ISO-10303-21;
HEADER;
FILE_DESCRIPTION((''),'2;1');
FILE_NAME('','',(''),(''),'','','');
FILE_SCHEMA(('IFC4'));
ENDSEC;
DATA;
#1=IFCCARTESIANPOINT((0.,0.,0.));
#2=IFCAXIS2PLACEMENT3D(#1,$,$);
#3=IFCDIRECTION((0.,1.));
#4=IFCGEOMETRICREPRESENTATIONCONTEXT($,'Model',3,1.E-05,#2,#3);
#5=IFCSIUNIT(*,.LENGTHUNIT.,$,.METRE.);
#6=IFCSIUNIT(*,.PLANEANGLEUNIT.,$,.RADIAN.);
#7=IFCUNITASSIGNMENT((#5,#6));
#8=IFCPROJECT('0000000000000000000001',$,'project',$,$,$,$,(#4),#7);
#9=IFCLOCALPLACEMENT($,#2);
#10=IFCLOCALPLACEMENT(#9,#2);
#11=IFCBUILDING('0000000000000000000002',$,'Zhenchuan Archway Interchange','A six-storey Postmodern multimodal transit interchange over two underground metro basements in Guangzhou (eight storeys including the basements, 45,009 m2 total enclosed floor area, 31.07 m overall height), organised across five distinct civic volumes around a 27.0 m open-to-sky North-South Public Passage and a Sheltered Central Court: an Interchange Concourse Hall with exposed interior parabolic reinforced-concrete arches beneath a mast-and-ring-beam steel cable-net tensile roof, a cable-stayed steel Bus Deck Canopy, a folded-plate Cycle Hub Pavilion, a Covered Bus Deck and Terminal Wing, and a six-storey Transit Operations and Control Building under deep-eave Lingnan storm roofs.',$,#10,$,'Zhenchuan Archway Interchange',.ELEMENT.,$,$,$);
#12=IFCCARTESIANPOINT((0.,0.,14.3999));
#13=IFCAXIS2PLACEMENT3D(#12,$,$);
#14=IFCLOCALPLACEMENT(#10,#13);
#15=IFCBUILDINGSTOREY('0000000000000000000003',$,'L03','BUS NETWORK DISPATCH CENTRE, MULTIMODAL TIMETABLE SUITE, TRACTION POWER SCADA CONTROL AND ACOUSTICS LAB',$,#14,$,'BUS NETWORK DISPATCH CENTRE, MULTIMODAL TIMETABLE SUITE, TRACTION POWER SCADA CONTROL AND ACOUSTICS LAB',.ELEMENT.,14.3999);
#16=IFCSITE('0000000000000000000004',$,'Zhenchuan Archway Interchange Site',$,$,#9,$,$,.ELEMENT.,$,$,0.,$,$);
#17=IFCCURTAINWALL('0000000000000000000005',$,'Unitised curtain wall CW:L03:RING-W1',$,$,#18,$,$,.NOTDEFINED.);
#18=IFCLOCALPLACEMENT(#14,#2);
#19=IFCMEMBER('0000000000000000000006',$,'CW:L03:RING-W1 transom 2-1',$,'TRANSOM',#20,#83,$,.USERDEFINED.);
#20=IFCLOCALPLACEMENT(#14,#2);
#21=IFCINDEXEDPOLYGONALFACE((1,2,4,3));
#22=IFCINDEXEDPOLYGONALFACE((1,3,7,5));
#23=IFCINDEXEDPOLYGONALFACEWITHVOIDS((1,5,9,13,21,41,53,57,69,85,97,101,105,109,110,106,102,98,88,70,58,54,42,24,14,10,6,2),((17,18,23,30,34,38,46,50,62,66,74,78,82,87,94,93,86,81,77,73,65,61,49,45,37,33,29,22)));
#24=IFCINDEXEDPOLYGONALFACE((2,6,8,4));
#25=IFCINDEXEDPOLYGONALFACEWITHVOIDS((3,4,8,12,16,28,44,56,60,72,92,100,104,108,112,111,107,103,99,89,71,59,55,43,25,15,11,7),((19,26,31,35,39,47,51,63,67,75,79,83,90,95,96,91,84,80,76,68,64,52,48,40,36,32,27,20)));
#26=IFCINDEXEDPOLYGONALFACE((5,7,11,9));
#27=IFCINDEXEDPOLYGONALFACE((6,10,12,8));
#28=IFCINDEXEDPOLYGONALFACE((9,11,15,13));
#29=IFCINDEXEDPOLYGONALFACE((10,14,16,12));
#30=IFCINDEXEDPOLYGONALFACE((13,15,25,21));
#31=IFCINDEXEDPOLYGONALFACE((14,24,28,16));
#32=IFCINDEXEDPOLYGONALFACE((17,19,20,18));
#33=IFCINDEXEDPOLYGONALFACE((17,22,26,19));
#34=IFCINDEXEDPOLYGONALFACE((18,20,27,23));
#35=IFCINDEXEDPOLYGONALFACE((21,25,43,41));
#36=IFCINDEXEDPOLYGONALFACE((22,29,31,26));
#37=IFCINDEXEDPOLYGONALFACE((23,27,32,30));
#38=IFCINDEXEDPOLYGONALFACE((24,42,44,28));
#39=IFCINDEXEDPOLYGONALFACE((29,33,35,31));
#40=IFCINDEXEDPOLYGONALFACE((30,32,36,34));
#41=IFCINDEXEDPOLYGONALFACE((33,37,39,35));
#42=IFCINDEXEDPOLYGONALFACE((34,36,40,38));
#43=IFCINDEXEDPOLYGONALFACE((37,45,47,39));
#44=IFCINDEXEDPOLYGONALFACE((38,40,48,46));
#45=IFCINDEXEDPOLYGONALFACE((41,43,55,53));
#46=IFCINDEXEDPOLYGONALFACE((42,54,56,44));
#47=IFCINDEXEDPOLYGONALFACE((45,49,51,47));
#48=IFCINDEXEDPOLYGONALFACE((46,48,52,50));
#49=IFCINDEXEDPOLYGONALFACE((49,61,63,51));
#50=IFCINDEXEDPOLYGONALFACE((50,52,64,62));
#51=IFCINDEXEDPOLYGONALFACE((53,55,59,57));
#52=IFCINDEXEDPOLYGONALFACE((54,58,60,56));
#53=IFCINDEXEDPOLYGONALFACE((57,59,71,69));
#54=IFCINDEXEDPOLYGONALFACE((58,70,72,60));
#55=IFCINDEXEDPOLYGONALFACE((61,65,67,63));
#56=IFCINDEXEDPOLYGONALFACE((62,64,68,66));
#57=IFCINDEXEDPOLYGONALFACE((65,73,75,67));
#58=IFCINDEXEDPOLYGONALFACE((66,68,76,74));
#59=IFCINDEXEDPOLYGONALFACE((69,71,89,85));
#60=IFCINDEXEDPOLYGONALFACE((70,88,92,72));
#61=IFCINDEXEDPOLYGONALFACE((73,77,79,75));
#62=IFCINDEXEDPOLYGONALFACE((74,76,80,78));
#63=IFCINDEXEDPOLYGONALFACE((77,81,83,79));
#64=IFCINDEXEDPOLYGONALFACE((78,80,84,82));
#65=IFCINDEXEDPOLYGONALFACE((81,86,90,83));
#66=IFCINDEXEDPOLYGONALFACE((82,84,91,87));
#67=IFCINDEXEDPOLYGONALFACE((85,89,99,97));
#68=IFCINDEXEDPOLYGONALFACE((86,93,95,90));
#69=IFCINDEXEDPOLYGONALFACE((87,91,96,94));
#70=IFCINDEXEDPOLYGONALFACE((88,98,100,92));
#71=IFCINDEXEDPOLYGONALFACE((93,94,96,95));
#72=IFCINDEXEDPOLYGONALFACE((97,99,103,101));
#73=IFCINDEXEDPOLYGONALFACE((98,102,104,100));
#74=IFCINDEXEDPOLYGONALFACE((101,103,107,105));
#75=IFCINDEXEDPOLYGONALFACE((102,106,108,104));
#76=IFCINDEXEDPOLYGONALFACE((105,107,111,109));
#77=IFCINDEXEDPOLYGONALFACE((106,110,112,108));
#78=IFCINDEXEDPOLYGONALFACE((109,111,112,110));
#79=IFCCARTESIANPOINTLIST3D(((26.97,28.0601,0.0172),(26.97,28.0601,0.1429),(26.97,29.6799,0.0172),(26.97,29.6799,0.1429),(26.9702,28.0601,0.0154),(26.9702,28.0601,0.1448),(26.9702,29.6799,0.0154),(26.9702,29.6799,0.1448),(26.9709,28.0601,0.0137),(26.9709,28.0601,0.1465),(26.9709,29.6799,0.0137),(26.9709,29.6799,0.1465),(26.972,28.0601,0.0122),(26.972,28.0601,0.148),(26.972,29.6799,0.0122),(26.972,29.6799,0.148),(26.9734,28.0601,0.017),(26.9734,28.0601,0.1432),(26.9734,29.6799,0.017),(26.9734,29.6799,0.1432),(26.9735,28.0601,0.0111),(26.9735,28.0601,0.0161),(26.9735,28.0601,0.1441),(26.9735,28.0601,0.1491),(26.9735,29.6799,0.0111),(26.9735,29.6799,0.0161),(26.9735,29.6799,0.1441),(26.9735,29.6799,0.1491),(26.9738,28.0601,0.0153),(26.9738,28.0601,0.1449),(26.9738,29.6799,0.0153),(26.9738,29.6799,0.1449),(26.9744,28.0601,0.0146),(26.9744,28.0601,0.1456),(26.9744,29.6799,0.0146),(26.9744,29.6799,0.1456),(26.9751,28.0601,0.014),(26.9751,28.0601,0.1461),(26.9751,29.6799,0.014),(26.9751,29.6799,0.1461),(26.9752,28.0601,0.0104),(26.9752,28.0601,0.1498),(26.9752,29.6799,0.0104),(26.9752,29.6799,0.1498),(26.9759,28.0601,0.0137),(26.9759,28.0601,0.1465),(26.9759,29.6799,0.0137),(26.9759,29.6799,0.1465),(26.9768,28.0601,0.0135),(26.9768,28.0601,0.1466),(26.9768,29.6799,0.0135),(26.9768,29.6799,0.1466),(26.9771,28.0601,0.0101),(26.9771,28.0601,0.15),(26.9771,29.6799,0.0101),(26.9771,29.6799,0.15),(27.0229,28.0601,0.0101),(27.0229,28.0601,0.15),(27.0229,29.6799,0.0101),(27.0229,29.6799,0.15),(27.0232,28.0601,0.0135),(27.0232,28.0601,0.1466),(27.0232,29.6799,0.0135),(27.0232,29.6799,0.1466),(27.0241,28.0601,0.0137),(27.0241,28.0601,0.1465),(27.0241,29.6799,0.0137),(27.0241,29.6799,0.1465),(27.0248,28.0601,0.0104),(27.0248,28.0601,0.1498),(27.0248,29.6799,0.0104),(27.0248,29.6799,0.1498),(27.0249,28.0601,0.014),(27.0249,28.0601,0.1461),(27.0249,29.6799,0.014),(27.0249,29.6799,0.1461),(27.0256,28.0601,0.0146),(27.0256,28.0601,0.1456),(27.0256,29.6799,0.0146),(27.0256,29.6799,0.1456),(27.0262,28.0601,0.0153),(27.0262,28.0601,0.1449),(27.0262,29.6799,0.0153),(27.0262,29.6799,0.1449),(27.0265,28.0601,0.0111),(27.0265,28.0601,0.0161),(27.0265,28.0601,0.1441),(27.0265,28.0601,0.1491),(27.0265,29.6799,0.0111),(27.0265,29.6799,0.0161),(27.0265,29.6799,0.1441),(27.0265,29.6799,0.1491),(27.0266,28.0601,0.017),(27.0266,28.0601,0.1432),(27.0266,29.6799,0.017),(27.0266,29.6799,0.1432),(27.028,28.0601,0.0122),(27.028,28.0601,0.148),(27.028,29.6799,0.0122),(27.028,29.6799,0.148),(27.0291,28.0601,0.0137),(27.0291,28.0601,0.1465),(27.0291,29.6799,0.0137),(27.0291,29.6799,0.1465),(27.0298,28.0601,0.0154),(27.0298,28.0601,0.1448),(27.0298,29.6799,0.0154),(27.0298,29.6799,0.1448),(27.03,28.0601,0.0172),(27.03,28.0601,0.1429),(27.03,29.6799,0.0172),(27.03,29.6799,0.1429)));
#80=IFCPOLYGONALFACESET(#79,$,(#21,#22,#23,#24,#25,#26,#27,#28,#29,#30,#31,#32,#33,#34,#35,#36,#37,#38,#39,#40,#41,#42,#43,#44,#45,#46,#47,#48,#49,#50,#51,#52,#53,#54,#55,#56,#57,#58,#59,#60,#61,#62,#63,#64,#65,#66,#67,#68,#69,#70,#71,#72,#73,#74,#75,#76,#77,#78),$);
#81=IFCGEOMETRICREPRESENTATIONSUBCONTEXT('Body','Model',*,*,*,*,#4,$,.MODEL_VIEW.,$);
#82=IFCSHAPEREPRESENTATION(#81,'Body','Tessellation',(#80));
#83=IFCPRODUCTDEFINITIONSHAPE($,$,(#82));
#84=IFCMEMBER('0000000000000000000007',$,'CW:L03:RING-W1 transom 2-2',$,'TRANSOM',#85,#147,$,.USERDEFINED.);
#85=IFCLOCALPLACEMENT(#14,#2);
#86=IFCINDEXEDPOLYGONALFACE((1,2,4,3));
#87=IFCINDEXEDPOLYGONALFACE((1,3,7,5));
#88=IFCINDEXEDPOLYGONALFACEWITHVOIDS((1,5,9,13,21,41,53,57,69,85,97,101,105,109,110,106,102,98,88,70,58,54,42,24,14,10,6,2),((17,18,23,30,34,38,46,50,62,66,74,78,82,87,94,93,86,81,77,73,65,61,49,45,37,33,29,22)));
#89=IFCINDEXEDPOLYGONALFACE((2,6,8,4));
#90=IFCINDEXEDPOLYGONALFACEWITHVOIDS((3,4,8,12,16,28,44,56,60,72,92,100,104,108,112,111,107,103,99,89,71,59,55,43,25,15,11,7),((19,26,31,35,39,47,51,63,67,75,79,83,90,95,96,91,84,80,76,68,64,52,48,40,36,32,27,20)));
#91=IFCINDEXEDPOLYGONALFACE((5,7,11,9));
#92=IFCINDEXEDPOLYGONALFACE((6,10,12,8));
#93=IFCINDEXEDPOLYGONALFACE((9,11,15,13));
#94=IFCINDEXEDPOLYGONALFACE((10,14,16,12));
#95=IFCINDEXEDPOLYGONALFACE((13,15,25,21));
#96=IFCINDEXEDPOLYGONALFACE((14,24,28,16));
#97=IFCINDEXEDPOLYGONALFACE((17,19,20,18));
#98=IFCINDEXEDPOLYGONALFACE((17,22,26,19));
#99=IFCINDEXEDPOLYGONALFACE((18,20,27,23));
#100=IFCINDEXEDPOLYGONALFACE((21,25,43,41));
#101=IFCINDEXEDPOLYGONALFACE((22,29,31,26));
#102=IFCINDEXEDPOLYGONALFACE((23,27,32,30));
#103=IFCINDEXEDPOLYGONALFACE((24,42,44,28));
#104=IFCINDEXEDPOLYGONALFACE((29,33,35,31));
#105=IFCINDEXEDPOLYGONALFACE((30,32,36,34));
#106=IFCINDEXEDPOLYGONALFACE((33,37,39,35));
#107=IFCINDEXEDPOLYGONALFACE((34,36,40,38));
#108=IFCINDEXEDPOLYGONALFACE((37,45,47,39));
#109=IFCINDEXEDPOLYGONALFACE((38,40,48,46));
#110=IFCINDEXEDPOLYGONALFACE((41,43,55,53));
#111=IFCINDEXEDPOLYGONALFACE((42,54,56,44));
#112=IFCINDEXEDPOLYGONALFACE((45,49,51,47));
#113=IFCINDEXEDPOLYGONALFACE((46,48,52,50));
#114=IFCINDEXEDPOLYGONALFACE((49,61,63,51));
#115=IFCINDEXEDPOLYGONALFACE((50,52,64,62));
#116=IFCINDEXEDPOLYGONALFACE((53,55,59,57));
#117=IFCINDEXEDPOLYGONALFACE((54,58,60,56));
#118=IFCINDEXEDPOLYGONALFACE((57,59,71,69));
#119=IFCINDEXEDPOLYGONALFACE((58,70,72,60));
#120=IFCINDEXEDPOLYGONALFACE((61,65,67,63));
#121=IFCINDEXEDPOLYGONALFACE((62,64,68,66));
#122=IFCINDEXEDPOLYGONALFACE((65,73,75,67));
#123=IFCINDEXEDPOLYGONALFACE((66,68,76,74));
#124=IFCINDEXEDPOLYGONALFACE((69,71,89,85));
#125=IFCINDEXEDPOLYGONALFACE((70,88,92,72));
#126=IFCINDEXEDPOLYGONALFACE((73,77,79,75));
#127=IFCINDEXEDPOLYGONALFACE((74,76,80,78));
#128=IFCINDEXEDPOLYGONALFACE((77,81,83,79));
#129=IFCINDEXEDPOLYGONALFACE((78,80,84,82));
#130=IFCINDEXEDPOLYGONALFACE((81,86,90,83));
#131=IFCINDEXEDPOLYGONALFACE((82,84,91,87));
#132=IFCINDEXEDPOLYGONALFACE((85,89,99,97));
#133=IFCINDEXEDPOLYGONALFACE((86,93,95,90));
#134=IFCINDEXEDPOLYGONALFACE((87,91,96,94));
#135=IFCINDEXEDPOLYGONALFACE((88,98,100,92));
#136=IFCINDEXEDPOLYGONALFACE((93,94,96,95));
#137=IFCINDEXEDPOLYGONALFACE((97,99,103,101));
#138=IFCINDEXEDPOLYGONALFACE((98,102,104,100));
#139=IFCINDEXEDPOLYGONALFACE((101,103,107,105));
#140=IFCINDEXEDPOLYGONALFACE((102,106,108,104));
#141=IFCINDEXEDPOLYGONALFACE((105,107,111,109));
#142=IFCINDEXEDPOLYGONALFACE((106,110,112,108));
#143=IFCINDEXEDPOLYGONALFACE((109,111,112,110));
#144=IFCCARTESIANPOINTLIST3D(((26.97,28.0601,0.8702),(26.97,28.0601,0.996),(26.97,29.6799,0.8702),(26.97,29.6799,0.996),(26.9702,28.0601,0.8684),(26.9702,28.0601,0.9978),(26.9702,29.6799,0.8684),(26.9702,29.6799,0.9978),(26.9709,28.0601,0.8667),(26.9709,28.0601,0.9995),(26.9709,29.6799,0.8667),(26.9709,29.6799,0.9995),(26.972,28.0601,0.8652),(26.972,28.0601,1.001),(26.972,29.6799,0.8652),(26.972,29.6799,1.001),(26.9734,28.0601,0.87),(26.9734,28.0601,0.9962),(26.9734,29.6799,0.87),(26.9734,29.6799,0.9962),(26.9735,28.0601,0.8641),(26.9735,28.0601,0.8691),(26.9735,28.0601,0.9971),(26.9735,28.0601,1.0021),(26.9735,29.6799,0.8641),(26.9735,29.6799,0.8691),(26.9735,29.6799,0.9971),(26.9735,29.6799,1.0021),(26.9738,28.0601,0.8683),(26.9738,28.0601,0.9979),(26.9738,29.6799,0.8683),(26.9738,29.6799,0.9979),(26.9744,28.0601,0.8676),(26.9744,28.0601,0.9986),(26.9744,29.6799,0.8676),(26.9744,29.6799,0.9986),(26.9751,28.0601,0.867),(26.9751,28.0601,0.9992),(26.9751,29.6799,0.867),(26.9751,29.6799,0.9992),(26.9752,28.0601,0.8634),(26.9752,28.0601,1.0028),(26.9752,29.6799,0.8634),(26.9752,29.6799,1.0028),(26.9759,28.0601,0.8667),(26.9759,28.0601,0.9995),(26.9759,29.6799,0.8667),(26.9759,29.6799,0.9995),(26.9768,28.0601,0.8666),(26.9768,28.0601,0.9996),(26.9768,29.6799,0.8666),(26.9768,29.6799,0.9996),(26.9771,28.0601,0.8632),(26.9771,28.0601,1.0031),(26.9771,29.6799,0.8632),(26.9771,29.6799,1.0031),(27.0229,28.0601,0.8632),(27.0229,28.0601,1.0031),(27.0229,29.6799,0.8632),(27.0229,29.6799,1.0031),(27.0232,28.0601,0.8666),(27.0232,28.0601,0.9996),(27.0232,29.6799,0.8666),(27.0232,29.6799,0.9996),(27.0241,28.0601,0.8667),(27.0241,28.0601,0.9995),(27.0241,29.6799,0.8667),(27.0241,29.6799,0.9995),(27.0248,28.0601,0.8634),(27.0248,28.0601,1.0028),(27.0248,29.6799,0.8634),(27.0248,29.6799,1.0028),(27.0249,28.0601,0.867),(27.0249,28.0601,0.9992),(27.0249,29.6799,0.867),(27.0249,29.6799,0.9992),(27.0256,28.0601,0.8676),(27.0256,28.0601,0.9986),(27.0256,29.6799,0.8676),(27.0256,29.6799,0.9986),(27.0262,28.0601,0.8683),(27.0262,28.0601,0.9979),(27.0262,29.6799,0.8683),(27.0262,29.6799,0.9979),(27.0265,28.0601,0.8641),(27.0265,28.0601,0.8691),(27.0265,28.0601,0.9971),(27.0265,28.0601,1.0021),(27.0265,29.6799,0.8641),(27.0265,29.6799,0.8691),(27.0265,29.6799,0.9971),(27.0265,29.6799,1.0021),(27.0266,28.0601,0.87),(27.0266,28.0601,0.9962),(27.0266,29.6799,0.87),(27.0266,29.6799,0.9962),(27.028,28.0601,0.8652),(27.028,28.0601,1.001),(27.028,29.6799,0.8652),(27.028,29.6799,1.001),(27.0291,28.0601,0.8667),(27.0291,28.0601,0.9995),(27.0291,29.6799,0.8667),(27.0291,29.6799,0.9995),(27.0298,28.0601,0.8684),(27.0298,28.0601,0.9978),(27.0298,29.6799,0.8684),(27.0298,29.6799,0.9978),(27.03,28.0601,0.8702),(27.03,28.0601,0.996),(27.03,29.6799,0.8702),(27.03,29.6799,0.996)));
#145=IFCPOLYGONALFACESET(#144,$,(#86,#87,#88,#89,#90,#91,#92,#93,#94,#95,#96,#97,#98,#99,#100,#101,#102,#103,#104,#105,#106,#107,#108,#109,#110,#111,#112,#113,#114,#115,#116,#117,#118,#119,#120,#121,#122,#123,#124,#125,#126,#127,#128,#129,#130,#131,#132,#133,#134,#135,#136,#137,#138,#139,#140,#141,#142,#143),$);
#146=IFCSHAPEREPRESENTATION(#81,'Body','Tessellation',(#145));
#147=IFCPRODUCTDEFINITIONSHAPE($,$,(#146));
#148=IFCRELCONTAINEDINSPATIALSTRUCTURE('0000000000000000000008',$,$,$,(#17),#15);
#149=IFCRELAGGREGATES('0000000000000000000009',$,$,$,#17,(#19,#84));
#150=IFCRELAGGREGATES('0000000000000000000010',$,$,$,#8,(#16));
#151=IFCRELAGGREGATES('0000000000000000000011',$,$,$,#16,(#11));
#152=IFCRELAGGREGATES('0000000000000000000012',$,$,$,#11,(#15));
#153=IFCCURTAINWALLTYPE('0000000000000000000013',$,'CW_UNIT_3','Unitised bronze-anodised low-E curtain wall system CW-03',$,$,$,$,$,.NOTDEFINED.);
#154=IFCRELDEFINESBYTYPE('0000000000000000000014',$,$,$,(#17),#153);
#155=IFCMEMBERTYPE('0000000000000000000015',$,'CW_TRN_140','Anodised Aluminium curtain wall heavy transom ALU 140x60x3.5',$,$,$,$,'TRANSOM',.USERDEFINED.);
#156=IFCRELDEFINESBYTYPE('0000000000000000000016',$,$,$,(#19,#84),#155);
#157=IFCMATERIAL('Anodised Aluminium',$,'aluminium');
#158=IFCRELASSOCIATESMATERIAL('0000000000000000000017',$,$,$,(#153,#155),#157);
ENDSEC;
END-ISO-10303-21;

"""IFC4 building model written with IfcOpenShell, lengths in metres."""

from ifc_helpers import new_model, si_unit, direction, frame, origin, origin_2d, place, context, subcontext, project, spatial, hollow_rectangle, extrude, material, material_profile, profile_set, type_object, element, aggregate, save


model = new_model("IFC4")

# Units and contexts
model_context = context("Model", 3, precision=1e-05, world=origin(), true_north=direction((0.0, 1.0)))
body_context = subcontext(model_context, "Body", "Model", "MODEL_VIEW")
ifc_project = project(units=[si_unit("LENGTHUNIT", "METRE"), si_unit("PLANEANGLEUNIT", "RADIAN")], contexts=[model_context])

# Site, building, storey
site_placement = place(None, origin())
site = spatial("IfcSite", under=ifc_project, at=site_placement, Name="Zhenchuan Archway Interchange Site", CompositionType="ELEMENT", RefElevation=0.0)
building_placement = place(site_placement, origin())
building = spatial("IfcBuilding", under=site, at=building_placement, Name="Zhenchuan Archway Interchange", Description="A six-storey Postmodern multimodal transit interchange over two underground metro basements in Guangzhou (eight storeys including the basements, 45,009 m2 total enclosed floor area, 31.07 m overall height), organised across five distinct civic volumes around a 27.0 m open-to-sky North-South Public Passage and a Sheltered Central Court: an Interchange Concourse Hall with exposed interior parabolic reinforced-concrete arches beneath a mast-and-ring-beam steel cable-net tensile roof, a cable-stayed steel Bus Deck Canopy, a folded-plate Cycle Hub Pavilion, a Covered Bus Deck and Terminal Wing, and a six-storey Transit Operations and Control Building under deep-eave Lingnan storm roofs.", LongName="Zhenchuan Archway Interchange", CompositionType="ELEMENT")
storey_placement = place(building_placement, frame((0.0, 0.0, 14.3999)))
storey = spatial("IfcBuildingStorey", under=building, at=storey_placement, Name="L03", Description="BUS NETWORK DISPATCH CENTRE, MULTIMODAL TIMETABLE SUITE, TRACTION POWER SCADA CONTROL AND ACOUSTICS LAB", LongName="BUS NETWORK DISPATCH CENTRE, MULTIMODAL TIMETABLE SUITE, TRACTION POWER SCADA CONTROL AND ACOUSTICS LAB", CompositionType="ELEMENT", Elevation=14.3999)

# Curtain wall
ifc_material_1 = material(Name="Anodised Aluminium", Category="aluminium")
curtain_wall_type_1 = type_object("IfcCurtainWallType", Name="CW_UNIT_3", Description="Unitised bronze-anodised low-E curtain wall system CW-03", PredefinedType="NOTDEFINED", material=ifc_material_1)
curtain_wall_1_placement = place(storey_placement, origin())
curtain_wall_1 = element("IfcCurtainWall", 1, at=curtain_wall_1_placement, inside=storey, type_object=curtain_wall_type_1, Name="Unitised curtain wall CW:L03:RING-W1", PredefinedType="NOTDEFINED")

# Members
ifc_material_profile_1 = material_profile(ifc_material_1, hollow_rectangle(XDim=0.0601, YDim=0.1399, WallThickness=0.0034, InnerFilletRadius=0.0034, OuterFilletRadius=0.0071, at=origin_2d()), Name="ALU 140x60x3.5")
ifc_profile_set_1 = profile_set([ifc_material_profile_1], Name="Anodised Aluminium")
member_type_1 = type_object("IfcMemberType", Name="CW_TRN_140", Description="Anodised Aluminium curtain wall heavy transom ALU 140x60x3.5", ElementType="TRANSOM", PredefinedType="USERDEFINED", material=ifc_profile_set_1)
member_1_placement = place(storey_placement, frame((27.0, 28.0601, 0.0801), z_axis=(0.0, 1.0, 0.0), x_axis=(-1.0, 0.0, 0.0)))
member_1 = element("IfcMember", 2, at=member_1_placement, type_object=member_type_1, Name="CW:L03:RING-W1 transom 2-1", ObjectType="TRANSOM", PredefinedType="USERDEFINED", context=body_context, shape_type="SweptSolid", body=[
    extrude(hollow_rectangle(XDim=0.0601, YDim=0.1399, WallThickness=0.0034, InnerFilletRadius=0.0034, OuterFilletRadius=0.0071, at=origin_2d()), origin(), (0.0, 0.0, 1.0), 1.6199),
])
member_2_placement = place(storey_placement, frame((27.0, 28.0601, 0.9331), z_axis=(0.0, 1.0, 0.0), x_axis=(-1.0, 0.0, 0.0)))
member_2 = element("IfcMember", 3, at=member_2_placement, type_object=member_type_1, Name="CW:L03:RING-W1 transom 2-2", ObjectType="TRANSOM", PredefinedType="USERDEFINED", context=body_context, shape_type="SweptSolid", body=[
    extrude(hollow_rectangle(XDim=0.0601, YDim=0.1399, WallThickness=0.0034, InnerFilletRadius=0.0034, OuterFilletRadius=0.0071, at=origin_2d()), origin(), (0.0, 0.0, 1.0), 1.6199),
])

aggregate(curtain_wall_1, [member_1, member_2])

save(model, "model.ifc")
